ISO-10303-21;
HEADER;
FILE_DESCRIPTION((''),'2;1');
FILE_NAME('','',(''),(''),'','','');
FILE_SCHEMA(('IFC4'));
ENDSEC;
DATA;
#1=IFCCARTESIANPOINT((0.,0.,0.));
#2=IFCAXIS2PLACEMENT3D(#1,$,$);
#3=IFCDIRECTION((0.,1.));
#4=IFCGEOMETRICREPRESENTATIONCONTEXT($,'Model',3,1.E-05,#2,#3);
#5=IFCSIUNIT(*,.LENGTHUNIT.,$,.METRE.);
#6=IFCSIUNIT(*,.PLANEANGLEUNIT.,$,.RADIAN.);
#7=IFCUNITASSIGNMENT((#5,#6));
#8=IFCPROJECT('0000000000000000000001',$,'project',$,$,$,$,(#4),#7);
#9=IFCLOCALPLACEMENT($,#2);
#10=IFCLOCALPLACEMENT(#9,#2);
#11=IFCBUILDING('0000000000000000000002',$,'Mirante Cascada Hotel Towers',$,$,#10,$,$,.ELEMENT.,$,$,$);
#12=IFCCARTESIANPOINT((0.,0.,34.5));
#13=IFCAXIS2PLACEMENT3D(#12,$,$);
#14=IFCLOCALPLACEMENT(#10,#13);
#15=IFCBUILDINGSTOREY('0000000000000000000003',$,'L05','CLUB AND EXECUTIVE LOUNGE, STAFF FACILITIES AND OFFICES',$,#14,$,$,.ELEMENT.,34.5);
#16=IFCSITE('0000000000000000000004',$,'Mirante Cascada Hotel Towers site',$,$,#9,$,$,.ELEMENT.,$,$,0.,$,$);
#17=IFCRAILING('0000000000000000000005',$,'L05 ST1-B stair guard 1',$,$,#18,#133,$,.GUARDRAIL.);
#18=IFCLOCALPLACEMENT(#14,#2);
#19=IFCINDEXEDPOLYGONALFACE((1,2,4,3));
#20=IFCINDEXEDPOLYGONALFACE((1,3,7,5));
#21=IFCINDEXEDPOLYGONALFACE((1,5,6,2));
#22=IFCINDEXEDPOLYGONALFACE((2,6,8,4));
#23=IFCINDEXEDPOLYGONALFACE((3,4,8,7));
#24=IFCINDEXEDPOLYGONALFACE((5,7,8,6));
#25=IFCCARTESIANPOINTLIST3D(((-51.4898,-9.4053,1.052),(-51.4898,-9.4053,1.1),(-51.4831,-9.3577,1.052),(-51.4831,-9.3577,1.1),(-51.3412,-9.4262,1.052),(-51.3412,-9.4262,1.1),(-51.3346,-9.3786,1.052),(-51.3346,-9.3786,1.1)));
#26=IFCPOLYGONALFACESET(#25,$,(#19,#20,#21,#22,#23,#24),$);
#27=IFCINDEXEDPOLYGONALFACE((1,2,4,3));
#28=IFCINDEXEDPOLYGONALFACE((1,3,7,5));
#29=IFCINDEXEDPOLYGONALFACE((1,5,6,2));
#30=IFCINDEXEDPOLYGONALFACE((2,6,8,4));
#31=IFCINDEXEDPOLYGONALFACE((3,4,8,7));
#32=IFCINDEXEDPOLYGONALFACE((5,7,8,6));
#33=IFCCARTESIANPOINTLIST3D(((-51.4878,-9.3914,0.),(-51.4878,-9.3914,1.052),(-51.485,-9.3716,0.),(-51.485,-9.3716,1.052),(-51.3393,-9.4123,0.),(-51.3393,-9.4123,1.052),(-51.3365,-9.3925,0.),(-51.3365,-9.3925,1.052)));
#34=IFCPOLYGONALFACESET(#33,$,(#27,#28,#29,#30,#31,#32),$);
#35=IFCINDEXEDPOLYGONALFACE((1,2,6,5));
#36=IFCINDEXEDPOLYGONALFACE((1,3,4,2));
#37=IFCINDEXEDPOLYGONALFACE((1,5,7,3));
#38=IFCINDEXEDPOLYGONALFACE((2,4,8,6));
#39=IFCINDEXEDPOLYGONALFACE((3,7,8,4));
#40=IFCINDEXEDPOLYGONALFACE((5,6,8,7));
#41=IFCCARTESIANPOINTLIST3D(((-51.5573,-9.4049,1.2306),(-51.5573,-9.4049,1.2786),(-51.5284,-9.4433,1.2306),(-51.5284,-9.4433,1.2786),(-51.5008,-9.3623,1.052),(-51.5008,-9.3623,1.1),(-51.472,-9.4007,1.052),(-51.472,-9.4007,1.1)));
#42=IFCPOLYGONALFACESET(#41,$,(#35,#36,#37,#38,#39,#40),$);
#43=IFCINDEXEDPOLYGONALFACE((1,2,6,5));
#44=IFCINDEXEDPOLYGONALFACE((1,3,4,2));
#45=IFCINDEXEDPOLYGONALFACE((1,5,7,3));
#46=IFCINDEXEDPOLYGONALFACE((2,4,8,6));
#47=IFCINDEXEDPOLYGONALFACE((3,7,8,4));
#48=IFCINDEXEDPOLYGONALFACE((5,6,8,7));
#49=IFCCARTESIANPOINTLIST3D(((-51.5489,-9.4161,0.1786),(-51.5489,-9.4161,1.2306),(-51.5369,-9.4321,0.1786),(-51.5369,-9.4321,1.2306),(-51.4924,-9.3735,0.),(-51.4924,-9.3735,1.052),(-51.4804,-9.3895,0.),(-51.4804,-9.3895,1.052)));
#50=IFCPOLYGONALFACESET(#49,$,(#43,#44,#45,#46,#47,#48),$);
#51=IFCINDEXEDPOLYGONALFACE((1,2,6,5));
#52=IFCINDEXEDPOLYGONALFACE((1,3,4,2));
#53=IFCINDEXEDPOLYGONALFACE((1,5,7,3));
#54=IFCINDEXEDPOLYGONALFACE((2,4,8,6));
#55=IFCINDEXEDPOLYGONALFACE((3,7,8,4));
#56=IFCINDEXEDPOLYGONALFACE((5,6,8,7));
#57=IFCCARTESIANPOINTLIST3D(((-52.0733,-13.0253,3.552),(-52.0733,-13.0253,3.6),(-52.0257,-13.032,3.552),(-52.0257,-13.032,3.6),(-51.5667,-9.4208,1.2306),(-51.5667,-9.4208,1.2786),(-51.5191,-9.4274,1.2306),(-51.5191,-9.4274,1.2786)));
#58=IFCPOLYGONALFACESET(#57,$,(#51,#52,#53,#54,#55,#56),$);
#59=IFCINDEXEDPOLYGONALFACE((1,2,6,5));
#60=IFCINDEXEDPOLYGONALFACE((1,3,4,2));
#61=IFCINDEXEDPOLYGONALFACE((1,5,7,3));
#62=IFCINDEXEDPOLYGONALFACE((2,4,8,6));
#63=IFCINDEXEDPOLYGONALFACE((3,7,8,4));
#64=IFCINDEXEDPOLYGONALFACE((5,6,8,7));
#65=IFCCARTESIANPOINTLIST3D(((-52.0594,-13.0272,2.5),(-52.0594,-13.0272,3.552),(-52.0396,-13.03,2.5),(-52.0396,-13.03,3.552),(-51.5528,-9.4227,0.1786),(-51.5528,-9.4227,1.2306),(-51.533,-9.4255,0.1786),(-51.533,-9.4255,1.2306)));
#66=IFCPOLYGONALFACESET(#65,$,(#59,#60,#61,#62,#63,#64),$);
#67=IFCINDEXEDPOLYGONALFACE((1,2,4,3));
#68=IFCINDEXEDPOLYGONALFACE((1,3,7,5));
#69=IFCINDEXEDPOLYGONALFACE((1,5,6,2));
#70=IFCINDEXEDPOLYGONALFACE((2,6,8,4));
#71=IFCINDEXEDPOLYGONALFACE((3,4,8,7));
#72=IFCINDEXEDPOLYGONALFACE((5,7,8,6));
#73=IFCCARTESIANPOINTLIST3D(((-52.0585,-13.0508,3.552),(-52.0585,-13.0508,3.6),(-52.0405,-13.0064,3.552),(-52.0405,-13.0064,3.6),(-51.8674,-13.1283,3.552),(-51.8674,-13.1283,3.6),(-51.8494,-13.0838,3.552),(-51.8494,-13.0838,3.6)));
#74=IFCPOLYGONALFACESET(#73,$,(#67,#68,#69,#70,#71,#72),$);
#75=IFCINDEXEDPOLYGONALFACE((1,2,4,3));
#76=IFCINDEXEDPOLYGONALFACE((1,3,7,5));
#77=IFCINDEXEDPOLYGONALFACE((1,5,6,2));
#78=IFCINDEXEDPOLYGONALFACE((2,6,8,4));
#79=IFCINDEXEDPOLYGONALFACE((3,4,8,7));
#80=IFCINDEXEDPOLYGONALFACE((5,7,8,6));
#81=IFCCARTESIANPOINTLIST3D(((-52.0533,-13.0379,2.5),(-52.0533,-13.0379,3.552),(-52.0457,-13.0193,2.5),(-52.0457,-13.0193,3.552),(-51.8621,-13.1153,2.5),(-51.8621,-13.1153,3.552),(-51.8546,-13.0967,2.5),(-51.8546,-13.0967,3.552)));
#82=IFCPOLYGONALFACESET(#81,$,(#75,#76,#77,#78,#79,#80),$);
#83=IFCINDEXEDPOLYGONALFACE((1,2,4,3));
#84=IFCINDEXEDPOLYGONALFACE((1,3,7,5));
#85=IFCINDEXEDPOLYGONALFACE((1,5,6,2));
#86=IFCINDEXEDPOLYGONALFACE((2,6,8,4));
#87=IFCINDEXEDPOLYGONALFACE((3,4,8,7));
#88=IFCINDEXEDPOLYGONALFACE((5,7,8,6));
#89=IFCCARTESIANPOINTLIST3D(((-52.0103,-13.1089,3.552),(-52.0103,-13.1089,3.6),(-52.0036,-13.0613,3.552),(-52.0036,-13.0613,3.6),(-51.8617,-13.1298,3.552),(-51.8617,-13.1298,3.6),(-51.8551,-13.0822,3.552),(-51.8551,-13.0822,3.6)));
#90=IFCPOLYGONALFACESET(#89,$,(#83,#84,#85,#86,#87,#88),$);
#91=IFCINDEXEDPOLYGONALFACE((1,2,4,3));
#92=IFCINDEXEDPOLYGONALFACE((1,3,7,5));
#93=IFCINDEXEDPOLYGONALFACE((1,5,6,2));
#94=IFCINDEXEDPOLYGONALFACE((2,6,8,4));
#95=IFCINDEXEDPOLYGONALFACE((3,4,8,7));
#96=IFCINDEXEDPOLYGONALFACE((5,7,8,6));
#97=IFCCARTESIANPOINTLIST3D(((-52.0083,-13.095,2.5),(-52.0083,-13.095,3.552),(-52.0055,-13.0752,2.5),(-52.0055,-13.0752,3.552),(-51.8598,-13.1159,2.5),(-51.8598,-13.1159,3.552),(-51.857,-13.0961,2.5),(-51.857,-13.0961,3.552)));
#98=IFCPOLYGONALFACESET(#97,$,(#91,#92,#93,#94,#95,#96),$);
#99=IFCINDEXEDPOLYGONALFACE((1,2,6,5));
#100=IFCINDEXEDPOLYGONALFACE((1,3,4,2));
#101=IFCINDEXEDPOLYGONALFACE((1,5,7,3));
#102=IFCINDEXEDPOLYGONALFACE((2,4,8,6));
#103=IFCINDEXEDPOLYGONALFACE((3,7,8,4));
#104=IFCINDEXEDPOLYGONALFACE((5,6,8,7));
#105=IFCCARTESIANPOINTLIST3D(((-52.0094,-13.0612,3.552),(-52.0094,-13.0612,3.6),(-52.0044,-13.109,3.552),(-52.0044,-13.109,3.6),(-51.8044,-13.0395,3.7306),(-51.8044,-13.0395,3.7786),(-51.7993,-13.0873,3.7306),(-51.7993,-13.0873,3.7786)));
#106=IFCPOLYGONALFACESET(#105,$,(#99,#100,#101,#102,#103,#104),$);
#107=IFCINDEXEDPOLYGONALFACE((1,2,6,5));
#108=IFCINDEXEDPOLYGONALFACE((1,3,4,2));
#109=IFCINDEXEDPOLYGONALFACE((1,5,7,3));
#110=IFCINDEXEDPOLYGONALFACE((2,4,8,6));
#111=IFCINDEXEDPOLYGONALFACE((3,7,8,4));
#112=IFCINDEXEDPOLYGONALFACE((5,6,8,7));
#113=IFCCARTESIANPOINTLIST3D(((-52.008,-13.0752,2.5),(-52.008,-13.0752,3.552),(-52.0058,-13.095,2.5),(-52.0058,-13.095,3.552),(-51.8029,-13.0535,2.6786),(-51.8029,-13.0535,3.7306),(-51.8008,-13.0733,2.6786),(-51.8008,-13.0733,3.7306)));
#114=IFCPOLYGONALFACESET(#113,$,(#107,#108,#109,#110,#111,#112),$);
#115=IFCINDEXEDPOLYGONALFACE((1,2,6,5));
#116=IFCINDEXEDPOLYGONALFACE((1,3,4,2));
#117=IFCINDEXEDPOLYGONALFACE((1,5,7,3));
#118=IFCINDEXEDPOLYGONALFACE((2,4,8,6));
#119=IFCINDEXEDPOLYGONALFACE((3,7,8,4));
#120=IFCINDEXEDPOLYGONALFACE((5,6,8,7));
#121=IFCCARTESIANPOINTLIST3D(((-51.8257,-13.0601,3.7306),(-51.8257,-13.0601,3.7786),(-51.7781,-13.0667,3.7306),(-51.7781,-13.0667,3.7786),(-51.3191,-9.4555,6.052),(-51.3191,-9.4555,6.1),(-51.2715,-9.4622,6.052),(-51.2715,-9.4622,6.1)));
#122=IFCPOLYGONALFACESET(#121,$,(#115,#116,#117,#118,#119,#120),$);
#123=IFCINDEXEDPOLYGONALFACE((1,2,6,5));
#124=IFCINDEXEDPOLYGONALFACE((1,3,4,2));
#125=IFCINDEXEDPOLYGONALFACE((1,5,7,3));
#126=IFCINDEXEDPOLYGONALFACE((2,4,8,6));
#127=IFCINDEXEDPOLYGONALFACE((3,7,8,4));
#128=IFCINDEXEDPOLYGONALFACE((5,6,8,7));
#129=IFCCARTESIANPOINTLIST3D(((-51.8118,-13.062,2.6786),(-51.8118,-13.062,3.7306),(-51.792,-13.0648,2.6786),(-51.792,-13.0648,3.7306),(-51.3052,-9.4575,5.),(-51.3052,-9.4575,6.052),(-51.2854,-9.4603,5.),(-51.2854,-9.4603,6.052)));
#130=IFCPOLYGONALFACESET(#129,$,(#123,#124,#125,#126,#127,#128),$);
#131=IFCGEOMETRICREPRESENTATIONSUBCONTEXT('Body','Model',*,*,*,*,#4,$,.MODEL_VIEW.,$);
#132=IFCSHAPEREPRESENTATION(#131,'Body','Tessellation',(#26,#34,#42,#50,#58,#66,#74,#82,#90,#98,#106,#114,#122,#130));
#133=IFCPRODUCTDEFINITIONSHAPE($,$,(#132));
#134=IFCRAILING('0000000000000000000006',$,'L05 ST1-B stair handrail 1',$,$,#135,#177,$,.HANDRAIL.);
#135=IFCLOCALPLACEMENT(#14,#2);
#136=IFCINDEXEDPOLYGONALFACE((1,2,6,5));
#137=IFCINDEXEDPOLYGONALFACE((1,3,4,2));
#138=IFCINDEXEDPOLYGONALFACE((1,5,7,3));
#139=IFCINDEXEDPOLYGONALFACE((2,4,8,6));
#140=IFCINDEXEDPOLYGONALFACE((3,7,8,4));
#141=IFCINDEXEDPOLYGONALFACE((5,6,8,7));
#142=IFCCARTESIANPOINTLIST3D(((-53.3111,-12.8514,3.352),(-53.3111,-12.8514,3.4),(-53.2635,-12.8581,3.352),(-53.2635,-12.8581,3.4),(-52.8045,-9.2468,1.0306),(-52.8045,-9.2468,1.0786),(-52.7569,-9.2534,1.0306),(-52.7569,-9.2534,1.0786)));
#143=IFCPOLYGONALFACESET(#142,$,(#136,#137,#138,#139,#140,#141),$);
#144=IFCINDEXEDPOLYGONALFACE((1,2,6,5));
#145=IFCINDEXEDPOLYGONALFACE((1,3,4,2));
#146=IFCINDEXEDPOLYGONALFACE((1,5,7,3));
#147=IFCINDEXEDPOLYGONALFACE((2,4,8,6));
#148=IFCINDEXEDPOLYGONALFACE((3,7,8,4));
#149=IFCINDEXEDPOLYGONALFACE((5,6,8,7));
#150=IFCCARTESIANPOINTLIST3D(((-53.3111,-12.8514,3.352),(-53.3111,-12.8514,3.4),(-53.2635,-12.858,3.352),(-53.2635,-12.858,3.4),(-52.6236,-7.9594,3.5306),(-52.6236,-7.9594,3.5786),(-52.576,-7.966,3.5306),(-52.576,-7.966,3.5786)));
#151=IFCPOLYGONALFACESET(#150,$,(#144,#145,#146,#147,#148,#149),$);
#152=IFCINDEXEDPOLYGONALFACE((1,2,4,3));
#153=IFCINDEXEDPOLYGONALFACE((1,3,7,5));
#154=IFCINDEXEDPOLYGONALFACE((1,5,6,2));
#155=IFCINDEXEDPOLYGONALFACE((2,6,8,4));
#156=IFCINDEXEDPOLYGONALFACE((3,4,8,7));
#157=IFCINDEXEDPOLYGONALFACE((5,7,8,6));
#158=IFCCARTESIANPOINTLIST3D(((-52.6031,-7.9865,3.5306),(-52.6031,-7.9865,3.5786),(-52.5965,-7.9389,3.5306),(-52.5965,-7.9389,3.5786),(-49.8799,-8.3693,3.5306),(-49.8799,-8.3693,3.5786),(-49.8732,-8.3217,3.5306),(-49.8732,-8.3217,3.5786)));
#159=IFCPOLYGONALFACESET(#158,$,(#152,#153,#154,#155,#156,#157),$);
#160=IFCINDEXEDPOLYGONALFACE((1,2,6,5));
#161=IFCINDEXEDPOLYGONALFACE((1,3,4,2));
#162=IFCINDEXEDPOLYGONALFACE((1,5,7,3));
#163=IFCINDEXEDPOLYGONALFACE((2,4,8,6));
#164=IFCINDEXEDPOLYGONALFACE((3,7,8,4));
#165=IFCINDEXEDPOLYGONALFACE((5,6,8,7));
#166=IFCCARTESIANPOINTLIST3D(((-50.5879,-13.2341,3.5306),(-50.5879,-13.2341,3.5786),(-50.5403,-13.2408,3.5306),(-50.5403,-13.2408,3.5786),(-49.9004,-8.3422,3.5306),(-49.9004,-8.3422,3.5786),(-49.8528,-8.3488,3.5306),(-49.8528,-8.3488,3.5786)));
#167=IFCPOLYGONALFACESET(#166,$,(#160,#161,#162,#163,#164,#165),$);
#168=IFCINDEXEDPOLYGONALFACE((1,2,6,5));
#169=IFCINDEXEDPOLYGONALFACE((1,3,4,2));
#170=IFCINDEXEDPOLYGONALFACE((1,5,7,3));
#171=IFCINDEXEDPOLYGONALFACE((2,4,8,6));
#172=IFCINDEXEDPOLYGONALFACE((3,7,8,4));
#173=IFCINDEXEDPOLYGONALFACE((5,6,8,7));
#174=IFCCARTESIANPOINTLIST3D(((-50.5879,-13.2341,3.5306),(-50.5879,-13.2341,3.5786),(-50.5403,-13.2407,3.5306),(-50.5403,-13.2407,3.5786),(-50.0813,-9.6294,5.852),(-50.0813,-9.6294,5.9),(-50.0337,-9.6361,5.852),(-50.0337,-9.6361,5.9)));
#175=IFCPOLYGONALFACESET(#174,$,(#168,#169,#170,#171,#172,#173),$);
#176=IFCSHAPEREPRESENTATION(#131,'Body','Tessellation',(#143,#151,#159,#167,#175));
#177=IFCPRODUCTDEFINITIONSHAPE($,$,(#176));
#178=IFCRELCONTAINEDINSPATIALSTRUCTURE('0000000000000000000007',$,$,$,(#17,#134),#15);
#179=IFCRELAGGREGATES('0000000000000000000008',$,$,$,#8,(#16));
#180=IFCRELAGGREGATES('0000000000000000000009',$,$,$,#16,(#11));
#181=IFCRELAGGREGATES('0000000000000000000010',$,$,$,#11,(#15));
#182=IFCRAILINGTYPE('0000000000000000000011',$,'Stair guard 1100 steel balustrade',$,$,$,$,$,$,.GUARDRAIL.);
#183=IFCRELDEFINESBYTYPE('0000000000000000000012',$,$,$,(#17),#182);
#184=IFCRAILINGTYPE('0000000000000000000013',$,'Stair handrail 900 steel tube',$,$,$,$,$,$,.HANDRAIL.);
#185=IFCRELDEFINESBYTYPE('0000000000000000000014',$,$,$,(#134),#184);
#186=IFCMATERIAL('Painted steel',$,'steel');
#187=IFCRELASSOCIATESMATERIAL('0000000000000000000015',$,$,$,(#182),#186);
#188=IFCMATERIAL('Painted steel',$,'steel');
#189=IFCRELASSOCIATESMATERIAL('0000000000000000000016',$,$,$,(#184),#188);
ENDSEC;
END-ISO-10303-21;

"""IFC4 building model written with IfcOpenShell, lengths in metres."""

from ifc_helpers import new_model, si_unit, direction, frame, origin, origin_2d, place, context, subcontext, project, spatial, rectangle, extrude, material, type_object, element, save


model = new_model("IFC4")

# Units and contexts
model_context = context("Model", 3, precision=1e-05, world=origin(), true_north=direction((0.0, 1.0)))
body_context = subcontext(model_context, "Body", "Model", "MODEL_VIEW")
ifc_project = project(units=[si_unit("LENGTHUNIT", "METRE"), si_unit("PLANEANGLEUNIT", "RADIAN")], contexts=[model_context])

# Site, building, storey
site_placement = place(None, origin())
site = spatial("IfcSite", under=ifc_project, at=site_placement, Name="Mirante Cascada Hotel Towers site", CompositionType="ELEMENT", RefElevation=0.0)
building_placement = place(site_placement, origin())
building = spatial("IfcBuilding", under=site, at=building_placement, Name="Mirante Cascada Hotel Towers", CompositionType="ELEMENT")
storey_placement = place(building_placement, frame((0.0, 0.0, 34.5)))
storey = spatial("IfcBuildingStorey", under=building, at=storey_placement, Name="L05", Description="CLUB AND EXECUTIVE LOUNGE, STAFF FACILITIES AND OFFICES", CompositionType="ELEMENT", Elevation=34.5)

# Railings
ifc_material_1 = material(Name="Painted steel", Category="steel")
railing_type_1 = type_object("IfcRailingType", Name="Stair guard 1100 steel balustrade", PredefinedType="GUARDRAIL", material=ifc_material_1)
railing_1_placement = place(storey_placement, frame((-51.3379, -9.4024, 0.0)))
element("IfcRailing", 1, at=railing_1_placement, inside=storey, type_object=railing_type_1, Name="L05 ST1-B stair guard 1", PredefinedType="GUARDRAIL", context=body_context, shape_type="SweptSolid", body=[
    extrude(rectangle(XDim=0.048, YDim=0.048, at=origin_2d()), frame((0.0, 0.0, 1.076), z_axis=(-0.990241, 0.139367, 0.0), x_axis=(-0.139367, -0.990241, 0.0)), (0.0, 0.0, 1.0), 0.15),
    extrude(rectangle(XDim=0.02, YDim=1.052, at=origin_2d()), frame((0.0, 0.0, 0.526), z_axis=(-0.990241, 0.139367, 0.0), x_axis=(-0.139367, -0.990241, 0.0)), (0.0, 0.0, 1.0), 0.15),
    extrude(rectangle(XDim=0.048, YDim=0.048, at=origin_2d()), frame((-0.1485, 0.0209, 1.076), z_axis=(-0.798471, -0.602033, 0.0), x_axis=(0.602033, -0.798471, 0.0)), (0.0, 0.929692, 0.368338), 0.1921),
    extrude(rectangle(XDim=0.02, YDim=1.052, at=origin_2d()), frame((-0.1485, 0.0209, 0.526), z_axis=(-0.798471, -0.602033, 0.0), x_axis=(0.602033, -0.798471, 0.0)), (0.0, 0.929692, 0.368338), 0.1921),
    extrude(rectangle(XDim=0.048, YDim=0.048, at=origin_2d()), frame((-0.205, -0.0217, 1.2546), z_axis=(-0.139179, -0.990267, 0.0), x_axis=(0.990267, -0.139179, 0.0)), (0.0, 0.537713, 0.843128), 4.3172),
    extrude(rectangle(XDim=0.02, YDim=1.052, at=origin_2d()), frame((-0.205, -0.0217, 0.7046), z_axis=(-0.139179, -0.990267, 0.0), x_axis=(0.990267, -0.139179, 0.0)), (0.0, 0.537713, 0.843128), 4.3172),
    extrude(rectangle(XDim=0.048, YDim=0.048, at=origin_2d()), frame((-0.7116, -3.6262, 3.576), z_axis=(0.926862, -0.375401, 0.0), x_axis=(0.375401, 0.926862, 0.0)), (0.0, 0.0, 1.0), 0.2062),
    extrude(rectangle(XDim=0.02, YDim=1.052, at=origin_2d()), frame((-0.7116, -3.6262, 3.026), z_axis=(0.926862, -0.375401, 0.0), x_axis=(0.375401, 0.926862, 0.0)), (0.0, 0.0, 1.0), 0.2062),
    extrude(rectangle(XDim=0.048, YDim=0.048, at=origin_2d()), frame((-0.5205, -3.7036, 3.576), z_axis=(-0.990241, 0.139367, 0.0), x_axis=(-0.139367, -0.990241, 0.0)), (0.0, 0.0, 1.0), 0.15),
    extrude(rectangle(XDim=0.02, YDim=1.052, at=origin_2d()), frame((-0.5205, -3.7036, 3.026), z_axis=(-0.990241, 0.139367, 0.0), x_axis=(-0.139367, -0.990241, 0.0)), (0.0, 0.0, 1.0), 0.15),
    extrude(rectangle(XDim=0.048, YDim=0.048, at=origin_2d()), frame((-0.669, -3.6827, 3.576), z_axis=(0.994444, 0.105266, 0.0), x_axis=(-0.105266, 0.994444, 0.0)), (0.0, 0.654806, 0.755797), 0.2728),
    extrude(rectangle(XDim=0.02, YDim=1.052, at=origin_2d()), frame((-0.669, -3.6827, 3.026), z_axis=(0.994444, 0.105266, 0.0), x_axis=(-0.105266, 0.994444, 0.0)), (0.0, 0.654806, 0.755797), 0.2728),
    extrude(rectangle(XDim=0.048, YDim=0.048, at=origin_2d()), frame((-0.464, -3.661, 3.7546), z_axis=(0.139179, 0.990267, 0.0), x_axis=(-0.990267, 0.139179, 0.0)), (0.0, 0.537713, 0.843128), 4.3172),
    extrude(rectangle(XDim=0.02, YDim=1.052, at=origin_2d()), frame((-0.464, -3.661, 3.2046), z_axis=(0.139179, 0.990267, 0.0), x_axis=(-0.990267, 0.139179, 0.0)), (0.0, 0.537713, 0.843128), 4.3172),
])
ifc_material_2 = material(Name="Painted steel", Category="steel")
railing_type_2 = type_object("IfcRailingType", Name="Stair handrail 900 steel tube", PredefinedType="HANDRAIL", material=ifc_material_2)
railing_2_placement = place(storey_placement, frame((-52.7807, -9.2501, 0.1786)))
element("IfcRailing", 2, at=railing_2_placement, inside=storey, type_object=railing_type_2, Name="L05 ST1-B stair handrail 1", PredefinedType="HANDRAIL", context=body_context, shape_type="SweptSolid", body=[
    extrude(rectangle(XDim=0.048, YDim=0.048, at=origin_2d()), frame((0.0, 0.0, 0.876), z_axis=(-0.139175, -0.990268, 0.0), x_axis=(0.990268, -0.139175, 0.0)), (0.0, 0.537703, 0.843134), 4.3173),
    extrude(rectangle(XDim=0.048, YDim=0.048, at=origin_2d()), frame((-0.5066, -3.6046, 3.1974), z_axis=(0.139168, 0.990269, 0.0), x_axis=(-0.990269, 0.139168, 0.0)), (0.0, 0.03613, 0.999347), 4.9433),
    extrude(rectangle(XDim=0.048, YDim=0.048, at=origin_2d()), frame((0.1809, 1.2874, 3.376), z_axis=(0.990264, -0.139201, 0.0), x_axis=(0.139201, 0.990264, 0.0)), (0.0, 0.0, 1.0), 2.75),
    extrude(rectangle(XDim=0.048, YDim=0.048, at=origin_2d()), frame((2.9041, 0.9046, 3.376), z_axis=(-0.139171, -0.990268, 0.0), x_axis=(0.990268, -0.139171, 0.0)), (0.0, 0.0, 1.0), 4.94),
    extrude(rectangle(XDim=0.048, YDim=0.048, at=origin_2d()), frame((2.2166, -3.9873, 3.376), z_axis=(0.139175, 0.990268, 0.0), x_axis=(-0.990268, 0.139175, 0.0)), (0.0, 0.537703, 0.843134), 4.3173),
])

save(model, "model.ifc")
